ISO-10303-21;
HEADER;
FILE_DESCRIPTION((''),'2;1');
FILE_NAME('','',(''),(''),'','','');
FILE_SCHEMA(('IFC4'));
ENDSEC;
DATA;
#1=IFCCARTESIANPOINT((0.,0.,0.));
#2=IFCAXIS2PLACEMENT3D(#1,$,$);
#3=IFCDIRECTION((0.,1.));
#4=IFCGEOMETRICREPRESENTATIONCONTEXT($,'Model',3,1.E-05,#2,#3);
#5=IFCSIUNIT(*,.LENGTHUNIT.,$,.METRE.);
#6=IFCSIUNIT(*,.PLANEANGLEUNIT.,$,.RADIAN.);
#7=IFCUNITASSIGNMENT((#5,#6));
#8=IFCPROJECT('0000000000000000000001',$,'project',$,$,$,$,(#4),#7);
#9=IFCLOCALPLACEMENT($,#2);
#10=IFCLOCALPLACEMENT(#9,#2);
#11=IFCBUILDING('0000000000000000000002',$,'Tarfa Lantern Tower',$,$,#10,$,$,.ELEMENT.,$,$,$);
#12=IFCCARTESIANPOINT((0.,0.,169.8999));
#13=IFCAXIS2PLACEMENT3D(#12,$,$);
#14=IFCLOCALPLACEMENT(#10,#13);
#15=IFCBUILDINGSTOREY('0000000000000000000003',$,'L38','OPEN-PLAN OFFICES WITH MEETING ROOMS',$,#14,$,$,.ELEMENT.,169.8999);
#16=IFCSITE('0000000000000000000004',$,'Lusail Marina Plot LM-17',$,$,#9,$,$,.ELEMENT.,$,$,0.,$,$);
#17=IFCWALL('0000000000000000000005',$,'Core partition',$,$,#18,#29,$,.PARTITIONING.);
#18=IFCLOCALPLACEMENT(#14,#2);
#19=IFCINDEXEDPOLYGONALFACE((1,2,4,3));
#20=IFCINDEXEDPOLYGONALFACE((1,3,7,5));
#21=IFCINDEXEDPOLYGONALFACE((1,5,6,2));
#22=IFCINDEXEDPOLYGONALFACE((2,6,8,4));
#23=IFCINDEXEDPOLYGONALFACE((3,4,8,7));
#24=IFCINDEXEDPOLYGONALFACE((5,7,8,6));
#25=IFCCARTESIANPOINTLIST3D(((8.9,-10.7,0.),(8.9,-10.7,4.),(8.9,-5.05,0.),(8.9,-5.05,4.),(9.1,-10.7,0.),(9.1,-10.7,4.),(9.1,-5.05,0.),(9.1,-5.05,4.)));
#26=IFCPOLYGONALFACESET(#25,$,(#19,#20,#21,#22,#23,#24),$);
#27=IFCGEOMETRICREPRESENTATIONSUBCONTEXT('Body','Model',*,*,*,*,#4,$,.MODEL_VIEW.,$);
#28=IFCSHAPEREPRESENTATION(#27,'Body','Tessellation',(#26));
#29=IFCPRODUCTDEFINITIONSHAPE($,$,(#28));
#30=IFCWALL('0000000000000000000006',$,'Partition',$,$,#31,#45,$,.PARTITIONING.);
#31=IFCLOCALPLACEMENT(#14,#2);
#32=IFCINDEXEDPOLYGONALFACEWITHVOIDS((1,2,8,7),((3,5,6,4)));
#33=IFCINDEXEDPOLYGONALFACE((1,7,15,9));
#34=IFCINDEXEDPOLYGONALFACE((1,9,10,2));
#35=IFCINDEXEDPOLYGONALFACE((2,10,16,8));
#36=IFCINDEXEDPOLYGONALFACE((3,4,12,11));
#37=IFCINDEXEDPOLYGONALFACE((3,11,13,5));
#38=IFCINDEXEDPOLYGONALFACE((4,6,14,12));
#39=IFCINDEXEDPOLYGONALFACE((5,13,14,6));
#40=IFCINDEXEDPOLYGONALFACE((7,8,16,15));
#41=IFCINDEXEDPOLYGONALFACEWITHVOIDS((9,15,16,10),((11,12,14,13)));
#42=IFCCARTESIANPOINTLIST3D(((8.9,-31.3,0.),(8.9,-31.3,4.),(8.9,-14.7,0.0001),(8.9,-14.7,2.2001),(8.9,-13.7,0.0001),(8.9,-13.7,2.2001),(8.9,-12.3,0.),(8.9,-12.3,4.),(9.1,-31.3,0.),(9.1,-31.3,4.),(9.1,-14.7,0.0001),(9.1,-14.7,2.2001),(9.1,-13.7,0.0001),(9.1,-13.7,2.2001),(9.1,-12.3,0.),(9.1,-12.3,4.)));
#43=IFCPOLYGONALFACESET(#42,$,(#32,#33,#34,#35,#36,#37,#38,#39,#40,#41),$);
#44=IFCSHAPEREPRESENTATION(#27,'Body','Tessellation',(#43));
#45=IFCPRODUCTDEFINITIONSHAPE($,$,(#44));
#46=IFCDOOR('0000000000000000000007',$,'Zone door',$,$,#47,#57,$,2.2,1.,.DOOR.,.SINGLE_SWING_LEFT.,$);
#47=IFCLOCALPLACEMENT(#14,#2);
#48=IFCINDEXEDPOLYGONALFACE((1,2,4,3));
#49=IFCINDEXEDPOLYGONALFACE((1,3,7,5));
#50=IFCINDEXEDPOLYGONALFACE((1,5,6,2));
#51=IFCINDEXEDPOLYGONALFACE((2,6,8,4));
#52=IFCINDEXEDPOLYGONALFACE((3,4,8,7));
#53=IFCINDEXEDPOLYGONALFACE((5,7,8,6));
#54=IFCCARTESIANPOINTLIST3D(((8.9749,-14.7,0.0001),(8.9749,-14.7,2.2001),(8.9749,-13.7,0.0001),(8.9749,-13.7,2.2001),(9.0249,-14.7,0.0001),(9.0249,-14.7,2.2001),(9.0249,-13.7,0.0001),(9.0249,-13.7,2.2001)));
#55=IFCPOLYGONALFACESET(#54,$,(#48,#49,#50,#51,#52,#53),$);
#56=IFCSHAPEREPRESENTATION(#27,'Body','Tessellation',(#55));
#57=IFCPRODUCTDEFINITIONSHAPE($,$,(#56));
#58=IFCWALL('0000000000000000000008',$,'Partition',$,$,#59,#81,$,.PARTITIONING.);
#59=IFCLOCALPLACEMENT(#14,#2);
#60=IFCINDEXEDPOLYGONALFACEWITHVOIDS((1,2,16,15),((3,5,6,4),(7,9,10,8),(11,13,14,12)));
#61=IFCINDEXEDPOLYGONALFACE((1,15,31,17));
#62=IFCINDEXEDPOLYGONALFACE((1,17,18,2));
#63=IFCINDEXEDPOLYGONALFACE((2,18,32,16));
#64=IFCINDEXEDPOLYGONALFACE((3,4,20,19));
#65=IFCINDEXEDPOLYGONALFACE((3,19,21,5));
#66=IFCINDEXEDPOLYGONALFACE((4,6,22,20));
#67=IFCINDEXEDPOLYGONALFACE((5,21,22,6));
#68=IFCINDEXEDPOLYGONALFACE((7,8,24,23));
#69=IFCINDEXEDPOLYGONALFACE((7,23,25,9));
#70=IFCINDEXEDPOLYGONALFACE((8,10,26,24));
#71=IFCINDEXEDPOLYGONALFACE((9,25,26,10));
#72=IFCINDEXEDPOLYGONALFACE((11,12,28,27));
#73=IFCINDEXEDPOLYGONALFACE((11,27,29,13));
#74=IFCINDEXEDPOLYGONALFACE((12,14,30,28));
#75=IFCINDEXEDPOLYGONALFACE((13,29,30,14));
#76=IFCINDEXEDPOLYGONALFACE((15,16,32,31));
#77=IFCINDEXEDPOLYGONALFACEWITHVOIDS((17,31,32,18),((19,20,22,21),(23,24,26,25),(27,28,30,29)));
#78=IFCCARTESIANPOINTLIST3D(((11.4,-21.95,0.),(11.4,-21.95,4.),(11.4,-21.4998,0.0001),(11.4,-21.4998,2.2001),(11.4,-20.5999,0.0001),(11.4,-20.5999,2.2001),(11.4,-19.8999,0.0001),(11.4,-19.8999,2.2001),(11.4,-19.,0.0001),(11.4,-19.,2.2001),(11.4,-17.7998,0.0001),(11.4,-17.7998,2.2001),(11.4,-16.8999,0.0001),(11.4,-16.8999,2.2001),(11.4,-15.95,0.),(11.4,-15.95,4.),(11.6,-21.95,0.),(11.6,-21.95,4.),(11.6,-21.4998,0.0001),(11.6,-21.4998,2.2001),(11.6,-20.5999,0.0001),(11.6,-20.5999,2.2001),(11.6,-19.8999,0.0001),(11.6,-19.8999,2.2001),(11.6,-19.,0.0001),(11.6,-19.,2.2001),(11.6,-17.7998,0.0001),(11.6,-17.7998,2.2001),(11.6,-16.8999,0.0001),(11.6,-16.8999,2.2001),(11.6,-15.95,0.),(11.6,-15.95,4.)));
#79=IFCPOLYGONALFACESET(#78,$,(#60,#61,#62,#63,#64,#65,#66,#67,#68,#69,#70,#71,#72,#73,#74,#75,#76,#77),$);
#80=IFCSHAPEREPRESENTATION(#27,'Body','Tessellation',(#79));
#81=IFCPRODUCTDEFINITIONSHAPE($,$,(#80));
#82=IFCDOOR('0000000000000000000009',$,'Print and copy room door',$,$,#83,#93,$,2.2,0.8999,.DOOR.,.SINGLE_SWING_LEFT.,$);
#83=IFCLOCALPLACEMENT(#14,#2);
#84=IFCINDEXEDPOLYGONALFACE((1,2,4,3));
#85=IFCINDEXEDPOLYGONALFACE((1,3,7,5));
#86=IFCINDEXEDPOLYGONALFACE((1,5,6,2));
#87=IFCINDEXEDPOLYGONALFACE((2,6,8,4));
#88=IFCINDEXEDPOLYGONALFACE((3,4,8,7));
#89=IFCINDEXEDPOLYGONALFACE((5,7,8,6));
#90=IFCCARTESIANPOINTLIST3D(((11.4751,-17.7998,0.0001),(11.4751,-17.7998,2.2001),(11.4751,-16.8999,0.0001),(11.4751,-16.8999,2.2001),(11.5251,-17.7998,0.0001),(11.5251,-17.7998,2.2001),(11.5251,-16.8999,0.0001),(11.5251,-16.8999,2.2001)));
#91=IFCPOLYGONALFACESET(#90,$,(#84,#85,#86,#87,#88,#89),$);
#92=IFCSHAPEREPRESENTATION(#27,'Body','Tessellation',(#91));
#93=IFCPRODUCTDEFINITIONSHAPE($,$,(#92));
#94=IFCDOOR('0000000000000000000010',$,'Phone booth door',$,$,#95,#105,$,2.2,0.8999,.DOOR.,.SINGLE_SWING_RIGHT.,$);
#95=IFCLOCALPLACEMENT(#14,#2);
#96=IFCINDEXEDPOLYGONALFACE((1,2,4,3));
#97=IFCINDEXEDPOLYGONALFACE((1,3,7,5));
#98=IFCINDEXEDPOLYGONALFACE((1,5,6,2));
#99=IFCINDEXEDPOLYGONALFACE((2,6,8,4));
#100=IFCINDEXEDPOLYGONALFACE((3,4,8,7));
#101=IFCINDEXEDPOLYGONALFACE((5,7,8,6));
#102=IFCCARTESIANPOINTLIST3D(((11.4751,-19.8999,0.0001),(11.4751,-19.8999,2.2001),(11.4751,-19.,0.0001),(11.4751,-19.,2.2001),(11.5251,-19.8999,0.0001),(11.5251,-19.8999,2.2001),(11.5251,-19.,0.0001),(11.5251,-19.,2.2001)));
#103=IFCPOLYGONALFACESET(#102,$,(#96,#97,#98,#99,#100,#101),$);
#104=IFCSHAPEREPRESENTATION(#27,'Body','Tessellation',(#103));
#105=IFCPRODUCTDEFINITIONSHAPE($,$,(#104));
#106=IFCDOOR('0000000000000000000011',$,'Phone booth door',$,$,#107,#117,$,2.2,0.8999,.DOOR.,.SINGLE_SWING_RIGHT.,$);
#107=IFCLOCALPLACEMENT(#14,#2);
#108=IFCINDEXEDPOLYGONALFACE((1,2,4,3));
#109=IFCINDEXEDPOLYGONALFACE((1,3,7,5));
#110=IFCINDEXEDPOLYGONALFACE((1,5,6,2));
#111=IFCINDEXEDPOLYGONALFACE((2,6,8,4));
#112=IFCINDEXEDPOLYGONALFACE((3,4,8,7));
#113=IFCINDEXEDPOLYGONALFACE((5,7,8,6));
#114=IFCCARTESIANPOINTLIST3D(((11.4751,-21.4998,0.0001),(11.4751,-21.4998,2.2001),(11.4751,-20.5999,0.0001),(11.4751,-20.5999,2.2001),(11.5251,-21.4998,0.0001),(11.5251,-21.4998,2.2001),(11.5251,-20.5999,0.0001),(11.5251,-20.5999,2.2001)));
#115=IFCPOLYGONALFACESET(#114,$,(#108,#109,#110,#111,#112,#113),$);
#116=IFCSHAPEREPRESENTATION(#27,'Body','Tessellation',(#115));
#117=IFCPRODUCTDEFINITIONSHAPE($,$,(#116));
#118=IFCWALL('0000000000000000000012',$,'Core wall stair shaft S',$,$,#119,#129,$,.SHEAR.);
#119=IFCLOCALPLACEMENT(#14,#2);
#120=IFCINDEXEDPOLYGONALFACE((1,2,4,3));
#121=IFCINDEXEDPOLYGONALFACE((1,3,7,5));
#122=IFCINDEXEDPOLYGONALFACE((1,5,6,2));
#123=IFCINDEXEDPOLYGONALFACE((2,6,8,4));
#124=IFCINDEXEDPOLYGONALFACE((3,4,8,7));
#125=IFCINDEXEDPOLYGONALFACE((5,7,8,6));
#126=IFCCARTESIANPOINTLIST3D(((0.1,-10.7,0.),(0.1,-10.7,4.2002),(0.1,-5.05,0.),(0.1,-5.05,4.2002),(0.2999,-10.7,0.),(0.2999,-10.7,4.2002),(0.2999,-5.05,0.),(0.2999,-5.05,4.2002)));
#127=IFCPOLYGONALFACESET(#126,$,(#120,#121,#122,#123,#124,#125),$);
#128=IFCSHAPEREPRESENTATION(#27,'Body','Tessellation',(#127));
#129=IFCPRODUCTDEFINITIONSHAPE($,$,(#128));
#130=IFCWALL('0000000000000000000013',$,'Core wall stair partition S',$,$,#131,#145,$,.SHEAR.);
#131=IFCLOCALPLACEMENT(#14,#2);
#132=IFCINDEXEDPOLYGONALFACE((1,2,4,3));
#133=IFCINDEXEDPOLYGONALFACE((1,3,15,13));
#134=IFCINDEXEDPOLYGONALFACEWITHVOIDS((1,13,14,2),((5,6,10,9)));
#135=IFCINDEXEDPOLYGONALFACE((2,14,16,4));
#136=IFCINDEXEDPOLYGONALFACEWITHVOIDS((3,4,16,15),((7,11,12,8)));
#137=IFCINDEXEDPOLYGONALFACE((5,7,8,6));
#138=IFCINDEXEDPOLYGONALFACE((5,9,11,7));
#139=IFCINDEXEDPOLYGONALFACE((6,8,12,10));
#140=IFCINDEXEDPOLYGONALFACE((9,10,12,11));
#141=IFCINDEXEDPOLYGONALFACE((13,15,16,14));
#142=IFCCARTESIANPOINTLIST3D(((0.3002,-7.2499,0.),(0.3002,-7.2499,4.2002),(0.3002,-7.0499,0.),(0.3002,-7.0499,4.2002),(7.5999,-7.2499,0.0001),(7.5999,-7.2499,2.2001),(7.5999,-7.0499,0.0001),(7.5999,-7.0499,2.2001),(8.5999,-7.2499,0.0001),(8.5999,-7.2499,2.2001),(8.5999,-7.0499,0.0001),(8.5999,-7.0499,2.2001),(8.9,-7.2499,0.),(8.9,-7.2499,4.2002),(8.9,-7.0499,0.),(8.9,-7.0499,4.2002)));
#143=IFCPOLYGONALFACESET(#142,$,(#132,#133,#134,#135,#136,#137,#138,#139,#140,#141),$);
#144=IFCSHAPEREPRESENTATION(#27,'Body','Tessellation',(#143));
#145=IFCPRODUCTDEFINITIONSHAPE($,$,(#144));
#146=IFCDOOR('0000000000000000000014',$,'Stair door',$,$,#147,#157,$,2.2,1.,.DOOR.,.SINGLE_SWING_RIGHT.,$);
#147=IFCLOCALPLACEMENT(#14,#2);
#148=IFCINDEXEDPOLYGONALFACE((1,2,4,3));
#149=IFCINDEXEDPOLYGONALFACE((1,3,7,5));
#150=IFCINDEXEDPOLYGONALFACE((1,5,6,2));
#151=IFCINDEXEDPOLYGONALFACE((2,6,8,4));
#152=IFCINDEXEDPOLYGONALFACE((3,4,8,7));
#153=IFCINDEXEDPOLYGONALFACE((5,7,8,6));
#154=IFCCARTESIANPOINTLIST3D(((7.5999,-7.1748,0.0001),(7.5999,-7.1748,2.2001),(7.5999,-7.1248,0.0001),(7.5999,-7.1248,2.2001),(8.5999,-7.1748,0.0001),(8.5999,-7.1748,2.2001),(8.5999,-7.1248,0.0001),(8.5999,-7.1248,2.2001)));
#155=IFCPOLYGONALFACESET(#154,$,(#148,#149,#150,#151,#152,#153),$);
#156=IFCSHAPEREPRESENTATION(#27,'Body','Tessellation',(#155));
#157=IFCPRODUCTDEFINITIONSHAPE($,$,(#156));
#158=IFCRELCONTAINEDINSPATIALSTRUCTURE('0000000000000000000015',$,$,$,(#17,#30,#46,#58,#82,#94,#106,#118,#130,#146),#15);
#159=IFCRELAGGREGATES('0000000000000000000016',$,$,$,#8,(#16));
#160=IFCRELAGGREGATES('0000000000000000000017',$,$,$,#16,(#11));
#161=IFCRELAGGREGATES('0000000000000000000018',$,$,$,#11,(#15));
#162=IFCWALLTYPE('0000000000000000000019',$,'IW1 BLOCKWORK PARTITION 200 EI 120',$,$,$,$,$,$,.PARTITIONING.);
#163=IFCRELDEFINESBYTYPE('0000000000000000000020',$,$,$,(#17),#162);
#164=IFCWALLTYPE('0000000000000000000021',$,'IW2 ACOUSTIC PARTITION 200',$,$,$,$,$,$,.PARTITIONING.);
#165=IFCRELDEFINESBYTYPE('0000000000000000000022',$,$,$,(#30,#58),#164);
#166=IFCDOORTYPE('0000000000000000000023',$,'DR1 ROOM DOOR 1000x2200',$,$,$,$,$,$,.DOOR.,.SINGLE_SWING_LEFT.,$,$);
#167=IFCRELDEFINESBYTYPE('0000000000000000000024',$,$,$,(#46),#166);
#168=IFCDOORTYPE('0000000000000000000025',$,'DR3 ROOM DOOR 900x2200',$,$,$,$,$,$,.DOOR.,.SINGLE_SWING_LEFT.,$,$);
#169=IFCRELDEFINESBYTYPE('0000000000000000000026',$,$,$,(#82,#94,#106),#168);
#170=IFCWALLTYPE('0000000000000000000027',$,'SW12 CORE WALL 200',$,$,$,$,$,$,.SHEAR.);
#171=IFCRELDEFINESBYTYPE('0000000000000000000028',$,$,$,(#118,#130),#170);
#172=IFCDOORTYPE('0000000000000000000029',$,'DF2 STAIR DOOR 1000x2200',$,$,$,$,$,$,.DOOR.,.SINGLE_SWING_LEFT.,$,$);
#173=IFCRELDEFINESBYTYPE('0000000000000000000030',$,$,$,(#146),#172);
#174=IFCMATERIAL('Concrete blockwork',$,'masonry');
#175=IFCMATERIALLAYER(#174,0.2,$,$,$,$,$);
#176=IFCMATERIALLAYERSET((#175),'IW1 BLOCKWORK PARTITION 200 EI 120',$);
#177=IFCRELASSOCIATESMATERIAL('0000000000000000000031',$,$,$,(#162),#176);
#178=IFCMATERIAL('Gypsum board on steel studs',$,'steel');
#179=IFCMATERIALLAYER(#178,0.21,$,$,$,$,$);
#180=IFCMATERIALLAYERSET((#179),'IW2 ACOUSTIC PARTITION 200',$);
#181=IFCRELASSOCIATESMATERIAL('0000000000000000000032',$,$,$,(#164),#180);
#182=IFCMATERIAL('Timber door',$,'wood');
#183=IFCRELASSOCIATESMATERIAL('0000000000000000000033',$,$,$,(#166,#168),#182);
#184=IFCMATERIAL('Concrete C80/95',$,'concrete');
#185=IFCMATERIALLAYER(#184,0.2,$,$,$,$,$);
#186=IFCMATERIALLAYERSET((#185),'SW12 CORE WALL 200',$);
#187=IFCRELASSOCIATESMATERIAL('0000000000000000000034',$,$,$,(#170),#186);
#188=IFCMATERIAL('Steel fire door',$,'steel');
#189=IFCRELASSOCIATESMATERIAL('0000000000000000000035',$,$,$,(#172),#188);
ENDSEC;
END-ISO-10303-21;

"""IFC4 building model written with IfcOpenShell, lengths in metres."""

from ifc_helpers import new_model, si_unit, direction, frame, frame_2d, origin, place, context, subcontext, project, spatial, rectangle, extrude, material, layer, layer_set, type_object, element, fill, save


model = new_model("IFC4")

# Units and contexts
model_context = context("Model", 3, precision=1e-05, world=origin(), true_north=direction((0.0, 1.0)))
body_context = subcontext(model_context, "Body", "Model", "MODEL_VIEW")
ifc_project = project(units=[si_unit("LENGTHUNIT", "METRE"), si_unit("PLANEANGLEUNIT", "RADIAN")], contexts=[model_context])

# Site, building, storey
site_placement = place(None, origin())
site = spatial("IfcSite", under=ifc_project, at=site_placement, Name="Lusail Marina Plot LM-17", CompositionType="ELEMENT", RefElevation=0.0)
building_placement = place(site_placement, origin())
building = spatial("IfcBuilding", under=site, at=building_placement, Name="Tarfa Lantern Tower", CompositionType="ELEMENT")
storey_placement = place(building_placement, frame((0.0, 0.0, 169.8999)))
storey = spatial("IfcBuildingStorey", under=building, at=storey_placement, Name="L38", Description="OPEN-PLAN OFFICES WITH MEETING ROOMS", CompositionType="ELEMENT", Elevation=169.8999)

# Wall
ifc_material_1 = material(Name="Concrete blockwork", Category="masonry")
ifc_layer_1 = layer(ifc_material_1, 0.2)
ifc_layer_set_1 = layer_set([ifc_layer_1], Name="IW1 BLOCKWORK PARTITION 200 EI 120")
wall_type_1 = type_object("IfcWallType", Name="IW1 BLOCKWORK PARTITION 200 EI 120", PredefinedType="PARTITIONING", material=ifc_layer_set_1)
wall_1_placement = place(storey_placement, frame((9.0, -5.05, 0.0), z_axis=(0.0, 0.0, 1.0), x_axis=(0.0, -1.0, 0.0)))
element("IfcWall", 1, at=wall_1_placement, inside=storey, type_object=wall_type_1, Name="Core partition", PredefinedType="PARTITIONING", context=body_context, shape_type="SweptSolid", body=[
    extrude(rectangle(XDim=5.6499, YDim=0.2, at=frame_2d((2.825, 0.0))), origin(), (0.0, 0.0, 1.0), 4.0),
])

# Wall, opening, door
ifc_material_2 = material(Name="Gypsum board on steel studs", Category="steel")
ifc_layer_2 = layer(ifc_material_2, 0.21)
ifc_layer_set_2 = layer_set([ifc_layer_2], Name="IW2 ACOUSTIC PARTITION 200")
wall_type_2 = type_object("IfcWallType", Name="IW2 ACOUSTIC PARTITION 200", PredefinedType="PARTITIONING", material=ifc_layer_set_2)
wall_2_placement = place(storey_placement, frame((9.0, -12.3, 0.0), z_axis=(0.0, 0.0, 1.0), x_axis=(0.0, -1.0, 0.0)))
wall_2 = element("IfcWall", 2, at=wall_2_placement, inside=storey, type_object=wall_type_2, Name="Partition", PredefinedType="PARTITIONING", context=body_context, shape_type="SweptSolid", body=[
    extrude(rectangle(XDim=19.0, YDim=0.2, at=frame_2d((9.5, 0.0))), origin(), (0.0, 0.0, 1.0), 4.0),
])
opening_1_placement = place(wall_2_placement, frame((1.3999, 0.0, 0.0)))
opening_1 = element("IfcOpeningElement", 3, at=opening_1_placement, cuts=wall_2, PredefinedType="OPENING", context=body_context, shape_type="SweptSolid", body=[
    extrude(rectangle(XDim=1.0, YDim=2.2, at=frame_2d((0.5, 1.1001))), frame((0.0, 0.1099, 0.0), z_axis=(0.0, -1.0, 0.0), x_axis=(1.0, 0.0, 0.0)), (0.0, 0.0, 1.0), 0.22),
])
ifc_material_3 = material(Name="Timber door", Category="wood")
door_type_1 = type_object("IfcDoorType", Name="DR1 ROOM DOOR 1000x2200", OperationType="SINGLE_SWING_LEFT", PredefinedType="DOOR", material=ifc_material_3)
door_1_placement = place(opening_1_placement, origin())
door_1 = element("IfcDoor", 4, at=door_1_placement, inside=storey, type_object=door_type_1, Name="Zone door", OperationType="SINGLE_SWING_LEFT", OverallHeight=2.2, OverallWidth=1.0, PredefinedType="DOOR", context=body_context, shape_type="SweptSolid", body=[
    extrude(rectangle(XDim=1.0, YDim=2.2, at=frame_2d((0.5, 1.1001))), frame((0.0, 0.0249, 0.0), z_axis=(0.0, -1.0, 0.0), x_axis=(1.0, 0.0, 0.0)), (0.0, 0.0, 1.0), 0.05),
])
fill(opening_1, door_1)

# Wall, openings, doors
wall_3_placement = place(storey_placement, frame((11.5, -15.95, 0.0), z_axis=(0.0, 0.0, 1.0), x_axis=(0.0, -1.0, 0.0)))
wall_3 = element("IfcWall", 5, at=wall_3_placement, inside=storey, type_object=wall_type_2, Name="Partition", PredefinedType="PARTITIONING", context=body_context, shape_type="SweptSolid", body=[
    extrude(rectangle(XDim=6.0, YDim=0.2, at=frame_2d((3.0, 0.0))), origin(), (0.0, 0.0, 1.0), 4.0),
])
opening_2_placement = place(wall_3_placement, frame((0.95, 0.0, 0.0)))
opening_2 = element("IfcOpeningElement", 6, at=opening_2_placement, cuts=wall_3, PredefinedType="OPENING", context=body_context, shape_type="SweptSolid", body=[
    extrude(rectangle(XDim=0.8999, YDim=2.2, at=frame_2d((0.45, 1.1001))), frame((0.0, 0.1099, 0.0), z_axis=(0.0, -1.0, 0.0), x_axis=(1.0, 0.0, 0.0)), (0.0, 0.0, 1.0), 0.22),
])
opening_3_placement = place(wall_3_placement, frame((3.05, 0.0, 0.0)))
opening_3 = element("IfcOpeningElement", 7, at=opening_3_placement, cuts=wall_3, PredefinedType="OPENING", context=body_context, shape_type="SweptSolid", body=[
    extrude(rectangle(XDim=0.8999, YDim=2.2, at=frame_2d((0.45, 1.1001))), frame((0.0, 0.1099, 0.0), z_axis=(0.0, -1.0, 0.0), x_axis=(1.0, 0.0, 0.0)), (0.0, 0.0, 1.0), 0.22),
])
opening_4_placement = place(wall_3_placement, frame((4.6499, 0.0, 0.0)))
opening_4 = element("IfcOpeningElement", 8, at=opening_4_placement, cuts=wall_3, PredefinedType="OPENING", context=body_context, shape_type="SweptSolid", body=[
    extrude(rectangle(XDim=0.8999, YDim=2.2, at=frame_2d((0.45, 1.1001))), frame((0.0, 0.1099, 0.0), z_axis=(0.0, -1.0, 0.0), x_axis=(1.0, 0.0, 0.0)), (0.0, 0.0, 1.0), 0.22),
])
door_type_2 = type_object("IfcDoorType", Name="DR3 ROOM DOOR 900x2200", OperationType="SINGLE_SWING_LEFT", PredefinedType="DOOR", material=ifc_material_3)
door_2_placement = place(opening_2_placement, frame((0.8999, 0.0, 0.0), z_axis=(0.0, 0.0, 1.0), x_axis=(-1.0, 0.0, 0.0)))
door_2 = element("IfcDoor", 9, at=door_2_placement, inside=storey, type_object=door_type_2, Name="Print and copy room door", OperationType="SINGLE_SWING_LEFT", OverallHeight=2.2, OverallWidth=0.8999, PredefinedType="DOOR", context=body_context, shape_type="SweptSolid", body=[
    extrude(rectangle(XDim=0.8999, YDim=2.2, at=frame_2d((0.45, 1.1001))), frame((0.0, 0.0249, 0.0), z_axis=(0.0, -1.0, 0.0), x_axis=(1.0, 0.0, 0.0)), (0.0, 0.0, 1.0), 0.05),
])
fill(opening_2, door_2)
door_3_placement = place(opening_3_placement, frame((0.8999, 0.0, 0.0), z_axis=(0.0, 0.0, 1.0), x_axis=(-1.0, 0.0, 0.0)))
door_3 = element("IfcDoor", 10, at=door_3_placement, inside=storey, type_object=door_type_2, Name="Phone booth door", OperationType="SINGLE_SWING_RIGHT", OverallHeight=2.2, OverallWidth=0.8999, PredefinedType="DOOR", context=body_context, shape_type="SweptSolid", body=[
    extrude(rectangle(XDim=0.8999, YDim=2.2, at=frame_2d((0.45, 1.1001))), frame((0.0, 0.0249, 0.0), z_axis=(0.0, -1.0, 0.0), x_axis=(1.0, 0.0, 0.0)), (0.0, 0.0, 1.0), 0.05),
])
fill(opening_3, door_3)
door_4_placement = place(opening_4_placement, frame((0.8999, 0.0, 0.0), z_axis=(0.0, 0.0, 1.0), x_axis=(-1.0, 0.0, 0.0)))
door_4 = element("IfcDoor", 11, at=door_4_placement, inside=storey, type_object=door_type_2, Name="Phone booth door", OperationType="SINGLE_SWING_RIGHT", OverallHeight=2.2, OverallWidth=0.8999, PredefinedType="DOOR", context=body_context, shape_type="SweptSolid", body=[
    extrude(rectangle(XDim=0.8999, YDim=2.2, at=frame_2d((0.45, 1.1001))), frame((0.0, 0.0249, 0.0), z_axis=(0.0, -1.0, 0.0), x_axis=(1.0, 0.0, 0.0)), (0.0, 0.0, 1.0), 0.05),
])
fill(opening_4, door_4)

# Wall
ifc_material_4 = material(Name="Concrete C80/95", Category="concrete")
ifc_layer_3 = layer(ifc_material_4, 0.2)
ifc_layer_set_3 = layer_set([ifc_layer_3], Name="SW12 CORE WALL 200")
wall_type_3 = type_object("IfcWallType", Name="SW12 CORE WALL 200", PredefinedType="SHEAR", material=ifc_layer_set_3)
wall_4_placement = place(storey_placement, frame((0.2, -5.05, 0.0), z_axis=(0.0, 0.0, 1.0), x_axis=(0.0, -1.0, 0.0)))
element("IfcWall", 12, at=wall_4_placement, inside=storey, type_object=wall_type_3, Name="Core wall stair shaft S", PredefinedType="SHEAR", context=body_context, shape_type="SweptSolid", body=[
    extrude(rectangle(XDim=5.6499, YDim=0.2, at=frame_2d((2.825, 0.0))), origin(), (0.0, 0.0, 1.0), 4.2002),
])

# Wall, opening, door
wall_5_placement = place(storey_placement, frame((8.8999, -7.1499, 0.0), z_axis=(0.0, 0.0, 1.0), x_axis=(-1.0, 0.0, 0.0)))
wall_5 = element("IfcWall", 13, at=wall_5_placement, inside=storey, type_object=wall_type_3, Name="Core wall stair partition S", PredefinedType="SHEAR", context=body_context, shape_type="SweptSolid", body=[
    extrude(rectangle(XDim=8.5999, YDim=0.2, at=frame_2d((4.2998, 0.0))), origin(), (0.0, 0.0, 1.0), 4.2002),
])
opening_5_placement = place(wall_5_placement, frame((0.3, 0.0, 0.0)))
opening_5 = element("IfcOpeningElement", 14, at=opening_5_placement, cuts=wall_5, PredefinedType="OPENING", context=body_context, shape_type="SweptSolid", body=[
    extrude(rectangle(XDim=1.0, YDim=2.2, at=frame_2d((0.5, 1.1001))), frame((0.0, 0.1099, 0.0), z_axis=(0.0, -1.0, 0.0), x_axis=(1.0, 0.0, 0.0)), (0.0, 0.0, 1.0), 0.22),
])
ifc_material_5 = material(Name="Steel fire door", Category="steel")
door_type_3 = type_object("IfcDoorType", Name="DF2 STAIR DOOR 1000x2200", OperationType="SINGLE_SWING_LEFT", PredefinedType="DOOR", material=ifc_material_5)
door_5_placement = place(opening_5_placement, origin())
door_5 = element("IfcDoor", 15, at=door_5_placement, inside=storey, type_object=door_type_3, Name="Stair door", OperationType="SINGLE_SWING_RIGHT", OverallHeight=2.2, OverallWidth=1.0, PredefinedType="DOOR", context=body_context, shape_type="SweptSolid", body=[
    extrude(rectangle(XDim=1.0, YDim=2.2, at=frame_2d((0.5, 1.1001))), frame((0.0, 0.0249, 0.0), z_axis=(0.0, -1.0, 0.0), x_axis=(1.0, 0.0, 0.0)), (0.0, 0.0, 1.0), 0.05),
])
fill(opening_5, door_5)

save(model, "model.ifc")
